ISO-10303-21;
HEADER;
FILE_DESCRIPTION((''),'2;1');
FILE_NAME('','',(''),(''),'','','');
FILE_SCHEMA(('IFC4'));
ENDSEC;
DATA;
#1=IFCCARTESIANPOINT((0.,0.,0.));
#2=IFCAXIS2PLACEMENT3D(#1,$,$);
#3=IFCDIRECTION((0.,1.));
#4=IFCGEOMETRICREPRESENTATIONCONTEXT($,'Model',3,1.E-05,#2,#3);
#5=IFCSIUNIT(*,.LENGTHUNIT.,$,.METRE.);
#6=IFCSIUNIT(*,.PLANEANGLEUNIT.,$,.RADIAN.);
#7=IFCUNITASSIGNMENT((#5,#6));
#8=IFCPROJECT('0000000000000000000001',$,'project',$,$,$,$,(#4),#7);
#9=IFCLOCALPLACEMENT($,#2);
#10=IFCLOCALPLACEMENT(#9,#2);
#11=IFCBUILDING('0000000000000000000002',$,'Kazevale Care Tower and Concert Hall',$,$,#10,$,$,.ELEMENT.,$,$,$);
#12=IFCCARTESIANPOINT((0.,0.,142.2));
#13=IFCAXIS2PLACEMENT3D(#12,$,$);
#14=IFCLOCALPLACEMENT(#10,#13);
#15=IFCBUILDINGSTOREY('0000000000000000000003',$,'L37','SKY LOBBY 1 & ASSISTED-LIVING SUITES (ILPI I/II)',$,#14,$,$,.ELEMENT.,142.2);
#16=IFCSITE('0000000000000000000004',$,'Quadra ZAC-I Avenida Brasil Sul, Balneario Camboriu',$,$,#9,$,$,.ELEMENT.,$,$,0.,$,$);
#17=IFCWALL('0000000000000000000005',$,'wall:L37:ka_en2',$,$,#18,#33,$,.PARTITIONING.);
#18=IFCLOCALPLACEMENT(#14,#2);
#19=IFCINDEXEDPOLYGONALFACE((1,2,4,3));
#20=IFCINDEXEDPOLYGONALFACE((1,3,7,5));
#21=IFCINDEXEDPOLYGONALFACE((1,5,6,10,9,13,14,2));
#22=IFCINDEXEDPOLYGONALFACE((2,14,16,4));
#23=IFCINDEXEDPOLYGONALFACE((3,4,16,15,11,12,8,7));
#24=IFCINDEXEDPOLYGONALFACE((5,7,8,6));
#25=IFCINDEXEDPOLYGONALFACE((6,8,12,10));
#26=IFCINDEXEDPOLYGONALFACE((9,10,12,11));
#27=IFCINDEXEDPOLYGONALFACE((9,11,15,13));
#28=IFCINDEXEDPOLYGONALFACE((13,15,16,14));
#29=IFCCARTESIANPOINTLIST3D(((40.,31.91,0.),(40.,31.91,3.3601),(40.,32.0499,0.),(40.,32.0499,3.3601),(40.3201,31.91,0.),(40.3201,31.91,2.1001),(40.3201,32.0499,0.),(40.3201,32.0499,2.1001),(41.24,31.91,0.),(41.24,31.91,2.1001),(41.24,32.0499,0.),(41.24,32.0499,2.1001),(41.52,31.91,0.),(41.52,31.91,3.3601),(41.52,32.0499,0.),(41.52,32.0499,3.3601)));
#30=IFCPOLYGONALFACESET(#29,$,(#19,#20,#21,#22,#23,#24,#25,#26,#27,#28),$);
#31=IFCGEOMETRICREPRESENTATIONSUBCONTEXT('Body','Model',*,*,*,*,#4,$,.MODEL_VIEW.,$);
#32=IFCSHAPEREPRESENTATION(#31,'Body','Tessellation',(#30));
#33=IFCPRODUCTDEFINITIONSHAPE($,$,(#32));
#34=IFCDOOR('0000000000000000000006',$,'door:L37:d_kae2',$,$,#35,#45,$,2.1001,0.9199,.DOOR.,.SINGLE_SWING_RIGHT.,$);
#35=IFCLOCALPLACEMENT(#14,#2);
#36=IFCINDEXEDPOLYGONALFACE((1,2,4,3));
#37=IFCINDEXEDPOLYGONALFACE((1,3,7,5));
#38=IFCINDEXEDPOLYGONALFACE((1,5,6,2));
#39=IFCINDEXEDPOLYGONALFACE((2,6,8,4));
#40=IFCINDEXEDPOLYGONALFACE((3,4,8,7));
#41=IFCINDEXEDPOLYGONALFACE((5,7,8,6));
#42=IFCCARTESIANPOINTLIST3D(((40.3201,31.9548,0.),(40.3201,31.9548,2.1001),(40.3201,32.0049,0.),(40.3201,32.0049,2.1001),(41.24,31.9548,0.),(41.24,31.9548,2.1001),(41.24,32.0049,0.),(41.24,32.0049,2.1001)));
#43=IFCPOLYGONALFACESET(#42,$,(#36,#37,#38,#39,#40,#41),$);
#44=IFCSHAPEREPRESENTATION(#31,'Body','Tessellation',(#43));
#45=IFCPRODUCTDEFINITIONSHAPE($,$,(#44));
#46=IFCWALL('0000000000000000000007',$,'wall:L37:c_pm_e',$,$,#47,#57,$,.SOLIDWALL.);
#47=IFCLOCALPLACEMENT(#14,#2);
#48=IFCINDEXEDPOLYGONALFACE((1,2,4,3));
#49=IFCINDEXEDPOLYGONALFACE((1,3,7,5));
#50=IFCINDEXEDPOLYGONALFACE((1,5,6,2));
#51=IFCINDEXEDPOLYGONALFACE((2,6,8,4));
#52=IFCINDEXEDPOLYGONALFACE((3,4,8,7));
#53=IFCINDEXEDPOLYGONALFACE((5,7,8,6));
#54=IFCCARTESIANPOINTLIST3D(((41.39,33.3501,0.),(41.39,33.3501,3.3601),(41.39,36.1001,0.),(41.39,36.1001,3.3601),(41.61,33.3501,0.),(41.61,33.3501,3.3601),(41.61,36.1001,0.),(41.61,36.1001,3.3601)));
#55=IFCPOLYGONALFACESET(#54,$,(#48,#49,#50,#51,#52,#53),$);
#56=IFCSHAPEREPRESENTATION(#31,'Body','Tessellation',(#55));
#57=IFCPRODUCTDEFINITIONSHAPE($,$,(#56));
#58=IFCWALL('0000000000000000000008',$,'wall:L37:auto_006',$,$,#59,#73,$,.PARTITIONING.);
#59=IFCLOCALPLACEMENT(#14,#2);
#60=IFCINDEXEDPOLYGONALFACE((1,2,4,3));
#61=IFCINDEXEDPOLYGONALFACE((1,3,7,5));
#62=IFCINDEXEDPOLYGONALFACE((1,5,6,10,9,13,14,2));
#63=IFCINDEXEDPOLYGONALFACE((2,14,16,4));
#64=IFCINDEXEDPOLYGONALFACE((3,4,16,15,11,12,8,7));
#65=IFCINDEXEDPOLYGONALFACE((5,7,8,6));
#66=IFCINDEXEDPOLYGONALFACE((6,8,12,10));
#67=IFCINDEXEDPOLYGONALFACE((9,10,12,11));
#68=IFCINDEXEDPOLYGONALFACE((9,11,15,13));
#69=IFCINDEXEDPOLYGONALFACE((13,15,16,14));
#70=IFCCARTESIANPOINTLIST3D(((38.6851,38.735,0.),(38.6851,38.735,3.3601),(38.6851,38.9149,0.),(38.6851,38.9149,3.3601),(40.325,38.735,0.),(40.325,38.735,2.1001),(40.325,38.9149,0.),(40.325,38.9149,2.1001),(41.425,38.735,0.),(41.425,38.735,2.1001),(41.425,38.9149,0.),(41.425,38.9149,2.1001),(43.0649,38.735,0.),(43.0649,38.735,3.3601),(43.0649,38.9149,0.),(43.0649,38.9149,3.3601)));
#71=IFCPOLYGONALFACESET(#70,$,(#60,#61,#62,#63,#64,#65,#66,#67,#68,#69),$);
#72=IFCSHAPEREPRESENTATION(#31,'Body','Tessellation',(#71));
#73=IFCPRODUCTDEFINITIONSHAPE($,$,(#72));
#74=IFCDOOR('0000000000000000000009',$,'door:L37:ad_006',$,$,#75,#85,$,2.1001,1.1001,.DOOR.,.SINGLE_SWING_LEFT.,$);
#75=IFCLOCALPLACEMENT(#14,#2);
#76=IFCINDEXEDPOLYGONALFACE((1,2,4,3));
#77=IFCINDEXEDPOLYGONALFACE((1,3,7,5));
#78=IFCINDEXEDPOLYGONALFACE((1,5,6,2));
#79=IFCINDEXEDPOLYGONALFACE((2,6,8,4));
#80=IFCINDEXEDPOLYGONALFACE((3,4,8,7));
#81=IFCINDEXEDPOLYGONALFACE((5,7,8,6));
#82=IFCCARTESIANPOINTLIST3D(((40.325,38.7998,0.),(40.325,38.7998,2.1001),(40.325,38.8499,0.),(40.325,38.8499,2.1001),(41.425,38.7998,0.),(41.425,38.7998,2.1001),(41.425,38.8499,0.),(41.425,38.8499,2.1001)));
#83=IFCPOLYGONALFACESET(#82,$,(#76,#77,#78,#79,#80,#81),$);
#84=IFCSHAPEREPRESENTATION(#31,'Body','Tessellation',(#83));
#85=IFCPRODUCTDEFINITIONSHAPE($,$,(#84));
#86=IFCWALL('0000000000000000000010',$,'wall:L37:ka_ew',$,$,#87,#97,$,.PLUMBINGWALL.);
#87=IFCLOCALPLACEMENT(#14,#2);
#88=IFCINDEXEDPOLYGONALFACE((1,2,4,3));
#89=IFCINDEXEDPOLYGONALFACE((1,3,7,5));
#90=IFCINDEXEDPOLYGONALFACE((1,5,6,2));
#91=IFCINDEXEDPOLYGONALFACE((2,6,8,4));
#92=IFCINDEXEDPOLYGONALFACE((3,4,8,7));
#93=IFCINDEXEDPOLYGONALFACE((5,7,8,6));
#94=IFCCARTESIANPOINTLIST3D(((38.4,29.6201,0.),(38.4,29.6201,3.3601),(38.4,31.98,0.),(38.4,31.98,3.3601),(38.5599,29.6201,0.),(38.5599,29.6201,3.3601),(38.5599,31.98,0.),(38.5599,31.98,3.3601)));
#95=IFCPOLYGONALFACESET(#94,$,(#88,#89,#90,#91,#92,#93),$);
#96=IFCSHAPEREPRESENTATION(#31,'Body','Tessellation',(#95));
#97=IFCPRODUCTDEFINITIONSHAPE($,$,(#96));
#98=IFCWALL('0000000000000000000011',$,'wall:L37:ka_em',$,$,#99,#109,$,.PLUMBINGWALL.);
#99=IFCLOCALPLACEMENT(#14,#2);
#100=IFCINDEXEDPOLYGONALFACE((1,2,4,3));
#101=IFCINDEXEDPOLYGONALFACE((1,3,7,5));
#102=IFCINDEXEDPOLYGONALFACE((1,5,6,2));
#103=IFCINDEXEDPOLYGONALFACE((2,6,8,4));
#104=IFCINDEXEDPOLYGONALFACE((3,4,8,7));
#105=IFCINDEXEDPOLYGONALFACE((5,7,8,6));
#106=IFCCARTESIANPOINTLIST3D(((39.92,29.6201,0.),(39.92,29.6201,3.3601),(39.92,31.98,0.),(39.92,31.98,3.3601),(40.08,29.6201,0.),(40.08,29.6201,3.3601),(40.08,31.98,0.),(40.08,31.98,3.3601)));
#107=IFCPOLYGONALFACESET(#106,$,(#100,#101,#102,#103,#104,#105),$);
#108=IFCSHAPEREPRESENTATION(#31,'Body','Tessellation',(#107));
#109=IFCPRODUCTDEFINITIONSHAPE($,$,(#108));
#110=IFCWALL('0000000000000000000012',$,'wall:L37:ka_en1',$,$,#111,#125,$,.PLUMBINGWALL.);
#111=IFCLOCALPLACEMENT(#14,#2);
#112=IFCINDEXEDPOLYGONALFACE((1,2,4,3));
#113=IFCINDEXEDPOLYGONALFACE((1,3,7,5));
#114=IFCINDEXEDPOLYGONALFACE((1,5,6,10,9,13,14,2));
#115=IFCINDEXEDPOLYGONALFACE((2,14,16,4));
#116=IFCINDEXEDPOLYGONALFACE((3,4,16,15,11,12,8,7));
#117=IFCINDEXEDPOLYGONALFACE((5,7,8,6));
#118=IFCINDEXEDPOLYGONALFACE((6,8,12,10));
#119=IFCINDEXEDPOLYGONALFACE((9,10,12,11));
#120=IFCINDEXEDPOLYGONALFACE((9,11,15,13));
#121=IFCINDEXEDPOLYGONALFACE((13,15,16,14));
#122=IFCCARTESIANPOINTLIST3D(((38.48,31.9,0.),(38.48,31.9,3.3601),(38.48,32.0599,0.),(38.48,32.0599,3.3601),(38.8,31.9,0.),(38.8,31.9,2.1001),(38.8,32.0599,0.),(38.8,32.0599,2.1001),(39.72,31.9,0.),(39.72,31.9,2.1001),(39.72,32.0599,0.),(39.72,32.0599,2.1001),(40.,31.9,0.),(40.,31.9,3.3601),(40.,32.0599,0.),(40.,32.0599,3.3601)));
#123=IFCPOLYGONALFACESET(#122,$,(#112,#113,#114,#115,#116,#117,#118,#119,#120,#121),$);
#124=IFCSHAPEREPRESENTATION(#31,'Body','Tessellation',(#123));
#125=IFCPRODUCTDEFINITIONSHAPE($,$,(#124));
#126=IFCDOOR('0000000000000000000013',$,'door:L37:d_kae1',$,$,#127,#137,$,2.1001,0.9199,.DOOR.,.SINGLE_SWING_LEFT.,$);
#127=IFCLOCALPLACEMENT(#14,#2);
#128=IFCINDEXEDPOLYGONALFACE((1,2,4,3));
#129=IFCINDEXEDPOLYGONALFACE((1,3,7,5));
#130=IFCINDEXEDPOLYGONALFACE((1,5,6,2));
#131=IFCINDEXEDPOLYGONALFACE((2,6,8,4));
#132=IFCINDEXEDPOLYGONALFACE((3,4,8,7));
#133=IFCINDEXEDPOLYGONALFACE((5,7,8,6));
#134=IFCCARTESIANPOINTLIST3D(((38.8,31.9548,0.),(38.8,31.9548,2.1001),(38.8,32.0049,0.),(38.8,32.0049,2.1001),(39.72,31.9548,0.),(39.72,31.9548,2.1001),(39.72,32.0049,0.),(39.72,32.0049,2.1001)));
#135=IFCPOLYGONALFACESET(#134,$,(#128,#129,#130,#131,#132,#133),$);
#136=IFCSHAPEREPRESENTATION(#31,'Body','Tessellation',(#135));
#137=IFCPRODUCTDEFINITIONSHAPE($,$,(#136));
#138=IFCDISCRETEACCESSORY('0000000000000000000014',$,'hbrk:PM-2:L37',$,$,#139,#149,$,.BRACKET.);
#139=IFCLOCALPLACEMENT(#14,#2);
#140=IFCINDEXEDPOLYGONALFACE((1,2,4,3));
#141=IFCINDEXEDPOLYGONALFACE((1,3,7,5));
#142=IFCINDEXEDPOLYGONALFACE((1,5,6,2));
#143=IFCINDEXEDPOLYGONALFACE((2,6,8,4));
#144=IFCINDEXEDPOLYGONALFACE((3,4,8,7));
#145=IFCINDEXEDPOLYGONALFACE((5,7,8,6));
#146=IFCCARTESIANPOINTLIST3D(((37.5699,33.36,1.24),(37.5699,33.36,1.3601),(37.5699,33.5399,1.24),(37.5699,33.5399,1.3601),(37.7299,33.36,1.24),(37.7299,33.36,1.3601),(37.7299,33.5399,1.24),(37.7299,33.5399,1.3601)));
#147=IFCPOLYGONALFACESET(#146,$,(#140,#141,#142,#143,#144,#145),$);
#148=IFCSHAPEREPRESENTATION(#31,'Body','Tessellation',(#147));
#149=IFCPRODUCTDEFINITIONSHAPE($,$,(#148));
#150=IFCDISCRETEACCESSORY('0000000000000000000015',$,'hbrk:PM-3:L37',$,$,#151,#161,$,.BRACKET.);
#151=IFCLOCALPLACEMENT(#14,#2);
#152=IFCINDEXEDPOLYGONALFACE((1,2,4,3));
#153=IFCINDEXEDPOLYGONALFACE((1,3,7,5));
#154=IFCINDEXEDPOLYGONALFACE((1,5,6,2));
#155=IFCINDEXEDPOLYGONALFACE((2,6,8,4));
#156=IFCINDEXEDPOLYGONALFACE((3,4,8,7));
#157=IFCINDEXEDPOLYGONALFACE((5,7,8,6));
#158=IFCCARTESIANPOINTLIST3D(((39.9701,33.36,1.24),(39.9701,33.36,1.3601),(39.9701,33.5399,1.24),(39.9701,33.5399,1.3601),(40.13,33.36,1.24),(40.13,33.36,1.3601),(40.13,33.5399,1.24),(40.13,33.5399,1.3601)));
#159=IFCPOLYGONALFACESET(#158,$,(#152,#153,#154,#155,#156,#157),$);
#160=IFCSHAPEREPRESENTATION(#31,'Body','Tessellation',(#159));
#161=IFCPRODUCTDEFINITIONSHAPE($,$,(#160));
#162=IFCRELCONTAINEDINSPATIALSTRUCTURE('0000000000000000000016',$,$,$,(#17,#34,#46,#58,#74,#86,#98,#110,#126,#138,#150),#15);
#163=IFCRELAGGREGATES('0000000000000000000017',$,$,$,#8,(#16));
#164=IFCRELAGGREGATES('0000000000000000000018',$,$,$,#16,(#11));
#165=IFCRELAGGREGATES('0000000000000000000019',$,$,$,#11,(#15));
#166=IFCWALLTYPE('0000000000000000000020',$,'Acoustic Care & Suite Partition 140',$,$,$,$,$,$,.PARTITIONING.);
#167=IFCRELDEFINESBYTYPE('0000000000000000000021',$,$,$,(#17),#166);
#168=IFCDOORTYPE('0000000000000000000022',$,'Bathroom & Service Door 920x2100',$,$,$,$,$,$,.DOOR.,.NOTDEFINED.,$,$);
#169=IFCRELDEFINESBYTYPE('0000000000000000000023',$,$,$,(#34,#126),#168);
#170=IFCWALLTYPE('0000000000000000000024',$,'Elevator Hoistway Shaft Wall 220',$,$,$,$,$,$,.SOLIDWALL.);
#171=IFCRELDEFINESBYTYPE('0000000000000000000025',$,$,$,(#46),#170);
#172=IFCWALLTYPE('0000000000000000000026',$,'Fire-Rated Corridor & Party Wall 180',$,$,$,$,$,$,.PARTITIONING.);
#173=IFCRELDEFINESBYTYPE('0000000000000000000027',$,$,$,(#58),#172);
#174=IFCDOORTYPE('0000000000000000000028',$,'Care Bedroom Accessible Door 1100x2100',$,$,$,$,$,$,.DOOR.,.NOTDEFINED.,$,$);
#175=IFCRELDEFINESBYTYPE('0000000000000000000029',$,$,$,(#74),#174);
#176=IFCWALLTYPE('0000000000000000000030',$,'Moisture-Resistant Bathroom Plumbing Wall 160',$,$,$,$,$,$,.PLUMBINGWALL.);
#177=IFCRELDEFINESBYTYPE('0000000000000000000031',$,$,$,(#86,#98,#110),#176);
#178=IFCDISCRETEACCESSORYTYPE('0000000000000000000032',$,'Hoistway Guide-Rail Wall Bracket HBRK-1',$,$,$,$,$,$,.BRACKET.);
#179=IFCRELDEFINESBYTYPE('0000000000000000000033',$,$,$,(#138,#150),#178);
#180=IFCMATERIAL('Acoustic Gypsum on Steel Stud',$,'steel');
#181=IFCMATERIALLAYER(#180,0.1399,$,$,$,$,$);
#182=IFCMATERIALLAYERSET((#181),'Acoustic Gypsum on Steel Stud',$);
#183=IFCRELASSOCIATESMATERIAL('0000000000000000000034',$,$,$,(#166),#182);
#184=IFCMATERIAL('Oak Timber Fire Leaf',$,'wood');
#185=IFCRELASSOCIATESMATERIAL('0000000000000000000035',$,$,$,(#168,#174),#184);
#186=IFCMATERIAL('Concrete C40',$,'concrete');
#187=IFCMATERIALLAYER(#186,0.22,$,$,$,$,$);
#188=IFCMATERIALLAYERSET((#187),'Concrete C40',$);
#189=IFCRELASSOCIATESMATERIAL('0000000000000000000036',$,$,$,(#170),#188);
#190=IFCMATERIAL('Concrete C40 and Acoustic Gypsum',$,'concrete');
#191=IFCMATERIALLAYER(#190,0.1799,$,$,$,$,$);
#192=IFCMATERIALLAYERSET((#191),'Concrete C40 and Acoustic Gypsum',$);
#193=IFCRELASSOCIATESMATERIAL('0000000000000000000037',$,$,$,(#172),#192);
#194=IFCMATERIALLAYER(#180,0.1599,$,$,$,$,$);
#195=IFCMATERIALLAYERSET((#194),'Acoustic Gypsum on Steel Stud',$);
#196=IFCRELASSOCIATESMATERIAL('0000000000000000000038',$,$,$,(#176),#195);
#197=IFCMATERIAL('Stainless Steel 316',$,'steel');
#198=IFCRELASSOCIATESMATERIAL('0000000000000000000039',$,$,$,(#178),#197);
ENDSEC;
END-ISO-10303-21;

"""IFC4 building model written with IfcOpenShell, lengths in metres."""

from ifc_helpers import new_model, si_unit, direction, frame, frame_2d, origin, origin_2d, place, context, subcontext, project, spatial, rectangle, extrude, material, layer, layer_set, type_object, element, fill, save


model = new_model("IFC4")

# Units and contexts
model_context = context("Model", 3, precision=1e-05, world=origin(), true_north=direction((0.0, 1.0)))
body_context = subcontext(model_context, "Body", "Model", "MODEL_VIEW")
ifc_project = project(units=[si_unit("LENGTHUNIT", "METRE"), si_unit("PLANEANGLEUNIT", "RADIAN")], contexts=[model_context])

# Site, building, storey
site_placement = place(None, origin())
site = spatial("IfcSite", under=ifc_project, at=site_placement, Name="Quadra ZAC-I Avenida Brasil Sul, Balneario Camboriu", CompositionType="ELEMENT", RefElevation=0.0)
building_placement = place(site_placement, origin())
building = spatial("IfcBuilding", under=site, at=building_placement, Name="Kazevale Care Tower and Concert Hall", CompositionType="ELEMENT")
storey_placement = place(building_placement, frame((0.0, 0.0, 142.2)))
storey = spatial("IfcBuildingStorey", under=building, at=storey_placement, Name="L37", Description="SKY LOBBY 1 & ASSISTED-LIVING SUITES (ILPI I/II)", CompositionType="ELEMENT", Elevation=142.2)

# Shared definitions
ifc_material_1 = material(Name="Acoustic Gypsum on Steel Stud", Category="steel")
ifc_layer_1 = layer(ifc_material_1, 0.1399)
ifc_layer_set_1 = layer_set([ifc_layer_1], Name="Acoustic Gypsum on Steel Stud")
wall_type_1 = type_object("IfcWallType", Name="Acoustic Care & Suite Partition 140", PredefinedType="PARTITIONING", material=ifc_layer_set_1)

# Wall, opening, door
wall_1_placement = place(storey_placement, frame((40.0, 31.98, 0.0), z_axis=(0.0, 0.0, 1.0), x_axis=(1.0, 0.0, 0.0)))
wall_1 = element("IfcWall", 1, at=wall_1_placement, inside=storey, type_object=wall_type_1, Name="wall:L37:ka_en2", PredefinedType="PARTITIONING", context=body_context, shape_type="SweptSolid", body=[
    extrude(rectangle(XDim=1.52, YDim=0.1399, at=frame_2d((0.76, 0.0))), origin(), (0.0, 0.0, 1.0), 3.3601),
])
opening_1_placement = place(wall_1_placement, frame((0.3201, 0.0, 0.0)))
opening_1 = element("IfcOpeningElement", 2, at=opening_1_placement, cuts=wall_1, PredefinedType="OPENING", context=body_context, shape_type="SweptSolid", body=[
    extrude(rectangle(XDim=0.9199, YDim=2.1001, at=frame_2d((0.46, 1.05))), frame((0.0, 0.0798, 0.0), z_axis=(0.0, -1.0, 0.0), x_axis=(1.0, 0.0, 0.0)), (0.0, 0.0, 1.0), 0.1599),
])
ifc_material_2 = material(Name="Oak Timber Fire Leaf", Category="wood")
door_type_1 = type_object("IfcDoorType", Name="Bathroom & Service Door 920x2100", OperationType="NOTDEFINED", PredefinedType="DOOR", material=ifc_material_2)
door_1_placement = place(opening_1_placement, origin())
door_1 = element("IfcDoor", 3, at=door_1_placement, inside=storey, type_object=door_type_1, Name="door:L37:d_kae2", OperationType="SINGLE_SWING_RIGHT", OverallHeight=2.1001, OverallWidth=0.9199, PredefinedType="DOOR", context=body_context, shape_type="SweptSolid", body=[
    extrude(rectangle(XDim=0.9199, YDim=2.1001, at=frame_2d((0.46, 1.05))), frame((0.0, 0.0249, 0.0), z_axis=(0.0, -1.0, 0.0), x_axis=(1.0, 0.0, 0.0)), (0.0, 0.0, 1.0), 0.05),
])
fill(opening_1, door_1)

# Wall
ifc_material_3 = material(Name="Concrete C40", Category="concrete")
ifc_layer_2 = layer(ifc_material_3, 0.22)
ifc_layer_set_2 = layer_set([ifc_layer_2], Name="Concrete C40")
wall_type_2 = type_object("IfcWallType", Name="Elevator Hoistway Shaft Wall 220", PredefinedType="SOLIDWALL", material=ifc_layer_set_2)
wall_2_placement = place(storey_placement, frame((41.5, 33.3501, 0.0), z_axis=(0.0, 0.0, 1.0), x_axis=(0.0, 1.0, 0.0)))
element("IfcWall", 4, at=wall_2_placement, inside=storey, type_object=wall_type_2, Name="wall:L37:c_pm_e", PredefinedType="SOLIDWALL", context=body_context, shape_type="SweptSolid", body=[
    extrude(rectangle(XDim=2.75, YDim=0.22, at=frame_2d((1.375, 0.0))), origin(), (0.0, 0.0, 1.0), 3.3601),
])

# Wall, opening, door
ifc_material_4 = material(Name="Concrete C40 and Acoustic Gypsum", Category="concrete")
ifc_layer_3 = layer(ifc_material_4, 0.1799)
ifc_layer_set_3 = layer_set([ifc_layer_3], Name="Concrete C40 and Acoustic Gypsum")
wall_type_3 = type_object("IfcWallType", Name="Fire-Rated Corridor & Party Wall 180", PredefinedType="PARTITIONING", material=ifc_layer_set_3)
wall_3_placement = place(storey_placement, frame((38.6851, 38.825, 0.0), z_axis=(0.0, 0.0, 1.0), x_axis=(1.0, 0.0, 0.0)))
wall_3 = element("IfcWall", 5, at=wall_3_placement, inside=storey, type_object=wall_type_3, Name="wall:L37:auto_006", PredefinedType="PARTITIONING", context=body_context, shape_type="SweptSolid", body=[
    extrude(rectangle(XDim=4.3799, YDim=0.1799, at=frame_2d((2.1899, 0.0))), origin(), (0.0, 0.0, 1.0), 3.3601),
])
opening_2_placement = place(wall_3_placement, frame((1.6399, 0.0, 0.0)))
opening_2 = element("IfcOpeningElement", 6, at=opening_2_placement, cuts=wall_3, PredefinedType="OPENING", context=body_context, shape_type="SweptSolid", body=[
    extrude(rectangle(XDim=1.1001, YDim=2.1001, at=frame_2d((0.55, 1.05))), frame((0.0, 0.0999, 0.0), z_axis=(0.0, -1.0, 0.0), x_axis=(1.0, 0.0, 0.0)), (0.0, 0.0, 1.0), 0.2),
])
door_type_2 = type_object("IfcDoorType", Name="Care Bedroom Accessible Door 1100x2100", OperationType="NOTDEFINED", PredefinedType="DOOR", material=ifc_material_2)
door_2_placement = place(opening_2_placement, origin())
door_2 = element("IfcDoor", 7, at=door_2_placement, inside=storey, type_object=door_type_2, Name="door:L37:ad_006", OperationType="SINGLE_SWING_LEFT", OverallHeight=2.1001, OverallWidth=1.1001, PredefinedType="DOOR", context=body_context, shape_type="SweptSolid", body=[
    extrude(rectangle(XDim=1.1001, YDim=2.1001, at=frame_2d((0.55, 1.05))), frame((0.0, 0.0249, 0.0), z_axis=(0.0, -1.0, 0.0), x_axis=(1.0, 0.0, 0.0)), (0.0, 0.0, 1.0), 0.05),
])
fill(opening_2, door_2)

# Walls
ifc_layer_4 = layer(ifc_material_1, 0.1599)
ifc_layer_set_4 = layer_set([ifc_layer_4], Name="Acoustic Gypsum on Steel Stud")
wall_type_4 = type_object("IfcWallType", Name="Moisture-Resistant Bathroom Plumbing Wall 160", PredefinedType="PLUMBINGWALL", material=ifc_layer_set_4)
for number, where, z_axis, x_axis, name in (
    (8, (38.48, 29.6201, 0.0), (0.0, 0.0, 1.0), (0.0, 1.0, 0.0), "wall:L37:ka_ew"),
    (9, (40.0, 29.6201, 0.0), (0.0, 0.0, 1.0), (0.0, 1.0, 0.0), "wall:L37:ka_em"),
):
    element("IfcWall", number, at=place(storey_placement, frame(where, z_axis=z_axis, x_axis=x_axis)), inside=storey, type_object=wall_type_4, Name=name, PredefinedType="PLUMBINGWALL", context=body_context, shape_type="SweptSolid", body=[
        extrude(rectangle(XDim=2.3599, YDim=0.1599, at=frame_2d((1.1799, 0.0))), origin(), (0.0, 0.0, 1.0), 3.3601),
    ])

# Wall, opening, door
wall_4_placement = place(storey_placement, frame((38.48, 31.98, 0.0), z_axis=(0.0, 0.0, 1.0), x_axis=(1.0, 0.0, 0.0)))
wall_4 = element("IfcWall", 10, at=wall_4_placement, inside=storey, type_object=wall_type_4, Name="wall:L37:ka_en1", PredefinedType="PLUMBINGWALL", context=body_context, shape_type="SweptSolid", body=[
    extrude(rectangle(XDim=1.52, YDim=0.1599, at=frame_2d((0.76, 0.0))), origin(), (0.0, 0.0, 1.0), 3.3601),
])
opening_3_placement = place(wall_4_placement, frame((0.3201, 0.0, 0.0)))
opening_3 = element("IfcOpeningElement", 11, at=opening_3_placement, cuts=wall_4, PredefinedType="OPENING", context=body_context, shape_type="SweptSolid", body=[
    extrude(rectangle(XDim=0.9199, YDim=2.1001, at=frame_2d((0.46, 1.05))), frame((0.0, 0.0898, 0.0), z_axis=(0.0, -1.0, 0.0), x_axis=(1.0, 0.0, 0.0)), (0.0, 0.0, 1.0), 0.1799),
])
door_3_placement = place(opening_3_placement, origin())
door_3 = element("IfcDoor", 12, at=door_3_placement, inside=storey, type_object=door_type_1, Name="door:L37:d_kae1", OperationType="SINGLE_SWING_LEFT", OverallHeight=2.1001, OverallWidth=0.9199, PredefinedType="DOOR", context=body_context, shape_type="SweptSolid", body=[
    extrude(rectangle(XDim=0.9199, YDim=2.1001, at=frame_2d((0.46, 1.05))), frame((0.0, 0.0249, 0.0), z_axis=(0.0, -1.0, 0.0), x_axis=(1.0, 0.0, 0.0)), (0.0, 0.0, 1.0), 0.05),
])
fill(opening_3, door_3)

# Discrete accessories
ifc_material_5 = material(Name="Stainless Steel 316", Category="steel")
discrete_accessory_type = type_object("IfcDiscreteAccessoryType", Name="Hoistway Guide-Rail Wall Bracket HBRK-1", PredefinedType="BRACKET", material=ifc_material_5)
for number, where, z_axis, x_axis, name in (
    (13, (37.6499, 33.45, 1.24), (0.0, 0.0, 1.0), (1.0, 0.0, 0.0), "hbrk:PM-2:L37"),
    (14, (40.05, 33.45, 1.24), (0.0, 0.0, 1.0), (1.0, 0.0, 0.0), "hbrk:PM-3:L37"),
):
    element("IfcDiscreteAccessory", number, at=place(storey_placement, frame(where, z_axis=z_axis, x_axis=x_axis)), inside=storey, type_object=discrete_accessory_type, Name=name, PredefinedType="BRACKET", context=body_context, shape_type="SweptSolid", body=[
        extrude(rectangle(XDim=0.1599, YDim=0.1799, at=origin_2d()), origin(), (0.0, 0.0, 1.0), 0.1201),
    ])

save(model, "model.ifc")
